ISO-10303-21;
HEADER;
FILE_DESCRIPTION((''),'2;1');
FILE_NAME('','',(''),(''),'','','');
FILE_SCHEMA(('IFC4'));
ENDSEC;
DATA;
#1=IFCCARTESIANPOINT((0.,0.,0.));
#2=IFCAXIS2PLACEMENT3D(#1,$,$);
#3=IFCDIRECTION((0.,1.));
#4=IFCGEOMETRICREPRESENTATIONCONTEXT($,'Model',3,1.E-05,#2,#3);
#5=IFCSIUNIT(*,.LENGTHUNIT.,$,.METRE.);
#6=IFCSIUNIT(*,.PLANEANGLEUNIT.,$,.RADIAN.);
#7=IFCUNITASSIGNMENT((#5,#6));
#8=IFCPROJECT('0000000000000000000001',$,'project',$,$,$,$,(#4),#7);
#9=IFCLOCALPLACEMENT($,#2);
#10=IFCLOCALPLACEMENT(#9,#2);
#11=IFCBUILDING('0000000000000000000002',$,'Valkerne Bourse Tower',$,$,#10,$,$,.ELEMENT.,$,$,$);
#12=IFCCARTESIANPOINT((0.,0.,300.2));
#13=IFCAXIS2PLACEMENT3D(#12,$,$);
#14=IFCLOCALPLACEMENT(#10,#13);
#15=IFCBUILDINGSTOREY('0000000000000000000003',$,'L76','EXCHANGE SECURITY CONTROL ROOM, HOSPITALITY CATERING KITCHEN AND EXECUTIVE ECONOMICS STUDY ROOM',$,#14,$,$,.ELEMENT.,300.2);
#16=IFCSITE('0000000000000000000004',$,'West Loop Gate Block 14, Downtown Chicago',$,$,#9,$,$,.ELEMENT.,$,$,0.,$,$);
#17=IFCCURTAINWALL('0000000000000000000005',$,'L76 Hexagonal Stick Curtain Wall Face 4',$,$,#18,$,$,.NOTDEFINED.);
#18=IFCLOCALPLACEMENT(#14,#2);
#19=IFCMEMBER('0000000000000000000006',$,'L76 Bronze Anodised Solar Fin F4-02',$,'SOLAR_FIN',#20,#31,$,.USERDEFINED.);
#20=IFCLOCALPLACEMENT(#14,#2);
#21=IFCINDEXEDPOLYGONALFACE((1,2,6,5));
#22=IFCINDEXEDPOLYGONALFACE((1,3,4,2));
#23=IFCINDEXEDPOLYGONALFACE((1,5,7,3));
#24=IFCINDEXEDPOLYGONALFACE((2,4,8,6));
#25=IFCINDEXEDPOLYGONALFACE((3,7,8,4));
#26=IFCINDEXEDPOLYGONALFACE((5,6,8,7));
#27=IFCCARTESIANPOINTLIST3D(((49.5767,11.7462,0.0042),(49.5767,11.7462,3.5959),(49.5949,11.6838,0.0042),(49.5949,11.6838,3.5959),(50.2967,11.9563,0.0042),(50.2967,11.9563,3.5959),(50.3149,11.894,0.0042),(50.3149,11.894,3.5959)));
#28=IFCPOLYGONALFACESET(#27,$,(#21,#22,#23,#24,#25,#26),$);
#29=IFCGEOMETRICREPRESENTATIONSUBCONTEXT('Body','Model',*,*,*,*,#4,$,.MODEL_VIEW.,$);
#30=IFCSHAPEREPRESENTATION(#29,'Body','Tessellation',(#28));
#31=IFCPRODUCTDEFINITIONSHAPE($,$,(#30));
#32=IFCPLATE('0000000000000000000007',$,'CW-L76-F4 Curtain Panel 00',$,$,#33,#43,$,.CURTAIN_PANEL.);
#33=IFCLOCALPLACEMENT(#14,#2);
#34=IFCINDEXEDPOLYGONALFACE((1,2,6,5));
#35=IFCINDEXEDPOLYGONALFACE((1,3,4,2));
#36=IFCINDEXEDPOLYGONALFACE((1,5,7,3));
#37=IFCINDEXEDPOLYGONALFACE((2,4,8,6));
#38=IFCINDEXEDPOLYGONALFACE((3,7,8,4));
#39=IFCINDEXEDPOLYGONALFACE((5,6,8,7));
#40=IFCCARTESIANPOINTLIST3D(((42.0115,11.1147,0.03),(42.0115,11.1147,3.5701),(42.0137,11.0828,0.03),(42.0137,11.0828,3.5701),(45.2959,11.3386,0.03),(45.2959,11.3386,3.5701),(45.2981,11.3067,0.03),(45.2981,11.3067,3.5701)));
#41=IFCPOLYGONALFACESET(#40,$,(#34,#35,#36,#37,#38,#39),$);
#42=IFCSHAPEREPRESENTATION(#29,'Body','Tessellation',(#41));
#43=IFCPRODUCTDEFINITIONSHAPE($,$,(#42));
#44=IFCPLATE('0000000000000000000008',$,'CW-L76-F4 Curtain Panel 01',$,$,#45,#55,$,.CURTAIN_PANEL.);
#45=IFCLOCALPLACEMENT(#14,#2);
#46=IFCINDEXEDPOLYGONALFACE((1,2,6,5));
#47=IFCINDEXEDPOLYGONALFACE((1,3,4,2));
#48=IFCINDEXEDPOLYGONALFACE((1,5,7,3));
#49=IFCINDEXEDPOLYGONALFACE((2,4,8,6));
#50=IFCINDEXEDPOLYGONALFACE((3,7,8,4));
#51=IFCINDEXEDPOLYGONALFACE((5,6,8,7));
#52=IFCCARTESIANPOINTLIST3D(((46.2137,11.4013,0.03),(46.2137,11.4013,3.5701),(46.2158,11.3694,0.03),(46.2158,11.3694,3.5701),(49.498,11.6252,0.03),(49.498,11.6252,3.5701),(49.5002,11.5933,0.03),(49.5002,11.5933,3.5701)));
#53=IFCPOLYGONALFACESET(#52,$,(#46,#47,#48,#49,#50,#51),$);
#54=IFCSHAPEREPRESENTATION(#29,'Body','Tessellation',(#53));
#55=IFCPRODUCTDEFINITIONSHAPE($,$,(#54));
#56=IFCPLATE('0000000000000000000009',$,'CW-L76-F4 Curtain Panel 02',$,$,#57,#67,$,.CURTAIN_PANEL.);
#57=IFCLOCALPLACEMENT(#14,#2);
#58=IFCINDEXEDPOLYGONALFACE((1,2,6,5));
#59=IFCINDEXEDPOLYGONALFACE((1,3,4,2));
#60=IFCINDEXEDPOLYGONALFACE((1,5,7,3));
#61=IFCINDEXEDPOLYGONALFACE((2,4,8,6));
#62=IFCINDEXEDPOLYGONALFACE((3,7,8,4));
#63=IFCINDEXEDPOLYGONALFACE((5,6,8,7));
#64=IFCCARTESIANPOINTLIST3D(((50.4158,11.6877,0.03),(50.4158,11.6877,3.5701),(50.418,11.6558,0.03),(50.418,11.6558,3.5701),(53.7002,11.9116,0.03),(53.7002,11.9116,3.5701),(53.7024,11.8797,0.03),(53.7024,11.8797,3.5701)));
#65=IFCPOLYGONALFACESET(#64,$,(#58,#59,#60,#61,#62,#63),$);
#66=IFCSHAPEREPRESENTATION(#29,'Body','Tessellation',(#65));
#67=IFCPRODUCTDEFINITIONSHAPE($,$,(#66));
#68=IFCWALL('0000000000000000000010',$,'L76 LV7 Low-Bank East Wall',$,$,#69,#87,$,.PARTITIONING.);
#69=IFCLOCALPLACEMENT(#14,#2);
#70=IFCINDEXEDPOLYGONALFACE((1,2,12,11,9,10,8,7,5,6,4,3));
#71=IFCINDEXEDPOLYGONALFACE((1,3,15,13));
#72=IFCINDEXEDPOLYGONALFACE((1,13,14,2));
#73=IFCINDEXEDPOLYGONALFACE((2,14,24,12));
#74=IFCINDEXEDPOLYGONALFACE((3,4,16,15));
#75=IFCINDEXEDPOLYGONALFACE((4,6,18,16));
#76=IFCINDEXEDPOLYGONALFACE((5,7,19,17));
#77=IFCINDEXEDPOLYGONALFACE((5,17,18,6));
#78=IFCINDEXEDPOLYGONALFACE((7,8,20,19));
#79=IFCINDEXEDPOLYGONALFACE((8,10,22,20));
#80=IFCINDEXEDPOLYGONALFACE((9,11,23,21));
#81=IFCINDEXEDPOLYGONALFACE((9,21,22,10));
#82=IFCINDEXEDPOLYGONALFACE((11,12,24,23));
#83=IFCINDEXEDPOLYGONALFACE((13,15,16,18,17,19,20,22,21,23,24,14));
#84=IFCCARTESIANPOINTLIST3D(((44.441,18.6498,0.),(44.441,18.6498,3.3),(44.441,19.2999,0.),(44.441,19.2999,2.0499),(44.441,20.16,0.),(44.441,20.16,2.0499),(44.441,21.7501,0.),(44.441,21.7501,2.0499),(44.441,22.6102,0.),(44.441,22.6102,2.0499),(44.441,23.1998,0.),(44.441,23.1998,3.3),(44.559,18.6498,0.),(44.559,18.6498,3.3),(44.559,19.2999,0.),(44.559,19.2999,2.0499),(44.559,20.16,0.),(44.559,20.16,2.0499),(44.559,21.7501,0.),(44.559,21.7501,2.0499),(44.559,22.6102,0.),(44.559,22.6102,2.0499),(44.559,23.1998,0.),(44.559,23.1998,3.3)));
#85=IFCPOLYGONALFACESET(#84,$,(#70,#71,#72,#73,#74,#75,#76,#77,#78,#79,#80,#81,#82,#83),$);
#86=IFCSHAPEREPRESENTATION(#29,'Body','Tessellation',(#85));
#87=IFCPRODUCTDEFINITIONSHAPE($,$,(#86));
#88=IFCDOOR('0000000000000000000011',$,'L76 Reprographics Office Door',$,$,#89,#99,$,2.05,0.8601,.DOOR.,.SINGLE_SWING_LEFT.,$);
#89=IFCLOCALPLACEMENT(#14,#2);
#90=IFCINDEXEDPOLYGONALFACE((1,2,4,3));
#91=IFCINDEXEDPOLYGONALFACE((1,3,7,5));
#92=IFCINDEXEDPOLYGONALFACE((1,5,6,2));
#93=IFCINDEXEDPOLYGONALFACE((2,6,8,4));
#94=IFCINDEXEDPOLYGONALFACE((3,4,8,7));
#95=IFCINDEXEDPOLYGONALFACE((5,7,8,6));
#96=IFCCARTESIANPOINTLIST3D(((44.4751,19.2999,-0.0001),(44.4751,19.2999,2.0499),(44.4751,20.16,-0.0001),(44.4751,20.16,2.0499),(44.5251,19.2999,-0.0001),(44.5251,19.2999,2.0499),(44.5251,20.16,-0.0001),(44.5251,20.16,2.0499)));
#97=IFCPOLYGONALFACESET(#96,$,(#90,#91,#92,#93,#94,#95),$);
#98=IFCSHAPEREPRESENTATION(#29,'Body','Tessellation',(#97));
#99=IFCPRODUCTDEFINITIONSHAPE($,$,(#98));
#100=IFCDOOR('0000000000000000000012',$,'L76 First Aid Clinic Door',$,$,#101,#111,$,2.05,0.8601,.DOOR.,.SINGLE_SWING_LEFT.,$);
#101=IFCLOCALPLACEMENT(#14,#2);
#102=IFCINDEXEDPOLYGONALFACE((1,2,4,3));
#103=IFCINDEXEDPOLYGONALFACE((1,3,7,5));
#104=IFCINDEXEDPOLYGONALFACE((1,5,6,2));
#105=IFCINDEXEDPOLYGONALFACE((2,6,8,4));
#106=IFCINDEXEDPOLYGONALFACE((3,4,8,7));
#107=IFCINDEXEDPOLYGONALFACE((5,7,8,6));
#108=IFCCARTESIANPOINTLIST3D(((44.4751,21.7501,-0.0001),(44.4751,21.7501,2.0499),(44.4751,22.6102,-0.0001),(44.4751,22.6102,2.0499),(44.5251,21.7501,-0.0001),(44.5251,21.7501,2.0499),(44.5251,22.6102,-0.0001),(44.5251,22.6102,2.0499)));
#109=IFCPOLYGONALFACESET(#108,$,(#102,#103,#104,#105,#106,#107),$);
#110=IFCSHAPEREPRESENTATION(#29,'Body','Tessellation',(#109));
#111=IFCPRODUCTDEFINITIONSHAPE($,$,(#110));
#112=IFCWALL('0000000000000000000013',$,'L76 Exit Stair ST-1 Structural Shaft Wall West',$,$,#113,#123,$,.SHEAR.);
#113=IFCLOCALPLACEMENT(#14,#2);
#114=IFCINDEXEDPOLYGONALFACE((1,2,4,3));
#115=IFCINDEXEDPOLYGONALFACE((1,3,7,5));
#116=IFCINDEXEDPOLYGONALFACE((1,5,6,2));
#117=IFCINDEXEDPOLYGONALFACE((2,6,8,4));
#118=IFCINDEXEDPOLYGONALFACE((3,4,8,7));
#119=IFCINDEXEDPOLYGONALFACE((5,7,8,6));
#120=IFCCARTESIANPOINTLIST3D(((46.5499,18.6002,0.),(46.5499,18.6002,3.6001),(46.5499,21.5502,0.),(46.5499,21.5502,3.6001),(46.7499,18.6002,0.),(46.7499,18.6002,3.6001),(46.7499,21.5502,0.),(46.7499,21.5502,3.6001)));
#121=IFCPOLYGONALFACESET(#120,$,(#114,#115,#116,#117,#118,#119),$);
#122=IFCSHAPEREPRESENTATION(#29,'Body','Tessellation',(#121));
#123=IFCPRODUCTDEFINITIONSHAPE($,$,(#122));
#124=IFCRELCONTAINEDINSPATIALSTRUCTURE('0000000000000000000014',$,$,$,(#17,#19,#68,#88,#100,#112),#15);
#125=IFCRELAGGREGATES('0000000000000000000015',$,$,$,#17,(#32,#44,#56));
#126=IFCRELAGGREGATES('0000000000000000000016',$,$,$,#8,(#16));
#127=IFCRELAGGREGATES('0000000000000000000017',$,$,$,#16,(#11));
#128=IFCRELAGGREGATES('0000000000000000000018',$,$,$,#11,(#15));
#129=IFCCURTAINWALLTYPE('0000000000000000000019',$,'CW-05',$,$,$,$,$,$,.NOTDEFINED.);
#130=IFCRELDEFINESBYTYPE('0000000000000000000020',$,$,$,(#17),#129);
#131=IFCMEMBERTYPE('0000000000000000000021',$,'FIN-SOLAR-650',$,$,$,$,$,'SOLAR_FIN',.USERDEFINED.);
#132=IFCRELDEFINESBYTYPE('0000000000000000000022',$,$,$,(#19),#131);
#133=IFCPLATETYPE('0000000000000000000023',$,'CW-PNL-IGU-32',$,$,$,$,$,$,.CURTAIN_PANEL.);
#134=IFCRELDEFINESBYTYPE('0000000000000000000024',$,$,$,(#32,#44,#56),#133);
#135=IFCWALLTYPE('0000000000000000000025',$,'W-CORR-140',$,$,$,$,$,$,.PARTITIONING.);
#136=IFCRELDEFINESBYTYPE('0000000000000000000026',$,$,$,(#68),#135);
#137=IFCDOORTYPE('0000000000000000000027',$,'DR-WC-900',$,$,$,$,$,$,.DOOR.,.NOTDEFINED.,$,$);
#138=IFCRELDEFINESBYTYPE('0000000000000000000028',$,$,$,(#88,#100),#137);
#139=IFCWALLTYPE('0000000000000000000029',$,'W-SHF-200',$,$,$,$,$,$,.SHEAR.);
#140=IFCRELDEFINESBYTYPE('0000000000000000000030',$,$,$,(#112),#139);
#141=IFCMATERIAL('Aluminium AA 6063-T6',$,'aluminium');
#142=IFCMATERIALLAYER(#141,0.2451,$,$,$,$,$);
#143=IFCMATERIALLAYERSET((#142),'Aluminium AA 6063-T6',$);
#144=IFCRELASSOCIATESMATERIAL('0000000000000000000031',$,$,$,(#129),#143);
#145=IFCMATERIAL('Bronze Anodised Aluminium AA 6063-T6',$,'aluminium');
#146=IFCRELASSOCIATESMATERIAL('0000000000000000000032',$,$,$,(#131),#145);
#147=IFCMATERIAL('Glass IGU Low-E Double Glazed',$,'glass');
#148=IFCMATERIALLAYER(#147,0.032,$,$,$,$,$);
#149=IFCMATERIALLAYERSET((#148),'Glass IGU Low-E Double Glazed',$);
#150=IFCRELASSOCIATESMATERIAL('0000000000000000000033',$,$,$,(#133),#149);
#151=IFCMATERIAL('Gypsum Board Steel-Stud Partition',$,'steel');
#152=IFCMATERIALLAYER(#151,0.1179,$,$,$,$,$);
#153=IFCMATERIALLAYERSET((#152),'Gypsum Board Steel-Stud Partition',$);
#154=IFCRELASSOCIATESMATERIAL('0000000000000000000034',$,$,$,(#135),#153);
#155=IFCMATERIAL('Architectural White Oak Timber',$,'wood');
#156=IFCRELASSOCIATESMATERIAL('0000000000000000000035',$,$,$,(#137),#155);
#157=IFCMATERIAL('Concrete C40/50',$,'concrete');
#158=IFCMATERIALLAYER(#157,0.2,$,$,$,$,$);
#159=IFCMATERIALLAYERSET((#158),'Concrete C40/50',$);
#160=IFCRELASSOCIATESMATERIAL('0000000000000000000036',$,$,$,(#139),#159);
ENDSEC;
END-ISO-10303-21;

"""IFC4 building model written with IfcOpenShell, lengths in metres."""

from ifc_helpers import new_model, si_unit, direction, frame, frame_2d, origin, origin_2d, place, context, subcontext, project, spatial, rectangle, extrude, material, layer, layer_set, material_profile, profile_set, type_object, element, fill, aggregate, save


model = new_model("IFC4")

# Units and contexts
model_context = context("Model", 3, precision=1e-05, world=origin(), true_north=direction((0.0, 1.0)))
body_context = subcontext(model_context, "Body", "Model", "MODEL_VIEW")
ifc_project = project(units=[si_unit("LENGTHUNIT", "METRE"), si_unit("PLANEANGLEUNIT", "RADIAN")], contexts=[model_context])

# Site, building, storey
site_placement = place(None, origin())
site = spatial("IfcSite", under=ifc_project, at=site_placement, Name="West Loop Gate Block 14, Downtown Chicago", CompositionType="ELEMENT", RefElevation=0.0)
building_placement = place(site_placement, origin())
building = spatial("IfcBuilding", under=site, at=building_placement, Name="Valkerne Bourse Tower", CompositionType="ELEMENT")
storey_placement = place(building_placement, frame((0.0, 0.0, 300.2)))
storey = spatial("IfcBuildingStorey", under=building, at=storey_placement, Name="L76", Description="EXCHANGE SECURITY CONTROL ROOM, HOSPITALITY CATERING KITCHEN AND EXECUTIVE ECONOMICS STUDY ROOM", CompositionType="ELEMENT", Elevation=300.2)

# Curtain wall
ifc_material_1 = material(Name="Aluminium AA 6063-T6", Category="aluminium")
ifc_layer_1 = layer(ifc_material_1, 0.2451)
ifc_layer_set_1 = layer_set([ifc_layer_1], Name="Aluminium AA 6063-T6")
curtain_wall_type = type_object("IfcCurtainWallType", Name="CW-05", PredefinedType="NOTDEFINED", material=ifc_layer_set_1)
curtain_wall_placement = place(storey_placement, origin())
curtain_wall = element("IfcCurtainWall", 1, at=curtain_wall_placement, inside=storey, type_object=curtain_wall_type, Name="L76 Hexagonal Stick Curtain Wall Face 4", PredefinedType="NOTDEFINED")

# Member
ifc_material_2 = material(Name="Bronze Anodised Aluminium AA 6063-T6", Category="aluminium")
ifc_material_profile_1 = material_profile(ifc_material_2, rectangle(XDim=0.0649, YDim=0.75, at=origin_2d()), Name="FIN-65X750")
ifc_profile_set_1 = profile_set([ifc_material_profile_1], Name="Bronze Anodised Aluminium AA 6063-T6")
member_type_1 = type_object("IfcMemberType", Name="FIN-SOLAR-650", ElementType="SOLAR_FIN", PredefinedType="USERDEFINED", material=ifc_profile_set_1)
member_1_placement = place(storey_placement, frame((49.9458, 11.8201, 0.0042), z_axis=(0.0, 0.0, 1.0), x_axis=(0.280214, -0.959937, 0.0)))
element("IfcMember", 2, at=member_1_placement, inside=storey, type_object=member_type_1, Name="L76 Bronze Anodised Solar Fin F4-02", ObjectType="SOLAR_FIN", PredefinedType="USERDEFINED", context=body_context, shape_type="SweptSolid", body=[
    extrude(rectangle(XDim=0.0649, YDim=0.75, at=origin_2d()), origin(), (0.0, 0.0, 1.0), 3.5918),
])

# Plates
ifc_material_3 = material(Name="Glass IGU Low-E Double Glazed", Category="glass")
ifc_layer_2 = layer(ifc_material_3, 0.032)
ifc_layer_set_2 = layer_set([ifc_layer_2], Name="Glass IGU Low-E Double Glazed")
plate_type = type_object("IfcPlateType", Name="CW-PNL-IGU-32", PredefinedType="CURTAIN_PANEL", material=ifc_layer_set_2)
plate_1_placement = place(storey_placement, frame((43.6548, 11.2107, 0.03), z_axis=(0.0, 0.0, 1.0), x_axis=(0.997684, 0.068021, 0.0)))
plate_1 = element("IfcPlate", 3, at=plate_1_placement, type_object=plate_type, Name="CW-L76-F4 Curtain Panel 00", PredefinedType="CURTAIN_PANEL", context=body_context, shape_type="SweptSolid", body=[
    extrude(rectangle(XDim=3.292, YDim=0.032, at=origin_2d()), origin(), (0.0, 0.0, 1.0), 3.54),
])
plate_2_placement = place(storey_placement, frame((47.8569, 11.4973, 0.03), z_axis=(0.0, 0.0, 1.0), x_axis=(0.997684, 0.068019, 0.0)))
plate_2 = element("IfcPlate", 4, at=plate_2_placement, type_object=plate_type, Name="CW-L76-F4 Curtain Panel 01", PredefinedType="CURTAIN_PANEL", context=body_context, shape_type="SweptSolid", body=[
    extrude(rectangle(XDim=3.292, YDim=0.032, at=origin_2d()), origin(), (0.0, 0.0, 1.0), 3.54),
])
plate_3_placement = place(storey_placement, frame((52.0591, 11.7837, 0.03), z_axis=(0.0, 0.0, 1.0), x_axis=(0.997684, 0.068021, 0.0)))
plate_3 = element("IfcPlate", 5, at=plate_3_placement, type_object=plate_type, Name="CW-L76-F4 Curtain Panel 02", PredefinedType="CURTAIN_PANEL", context=body_context, shape_type="SweptSolid", body=[
    extrude(rectangle(XDim=3.292, YDim=0.032, at=origin_2d()), origin(), (0.0, 0.0, 1.0), 3.54),
])
aggregate(curtain_wall, [plate_1, plate_2, plate_3])

# Wall, openings, doors
ifc_material_4 = material(Name="Gypsum Board Steel-Stud Partition", Category="steel")
ifc_layer_3 = layer(ifc_material_4, 0.1179)
ifc_layer_set_3 = layer_set([ifc_layer_3], Name="Gypsum Board Steel-Stud Partition")
wall_type_1 = type_object("IfcWallType", Name="W-CORR-140", PredefinedType="PARTITIONING", material=ifc_layer_set_3)
wall_1_placement = place(storey_placement, frame((44.5, 18.6499, 0.0), z_axis=(0.0, 0.0, 1.0), x_axis=(0.0, 1.0, 0.0)))
wall_1 = element("IfcWall", 6, at=wall_1_placement, inside=storey, type_object=wall_type_1, Name="L76 LV7 Low-Bank East Wall", PredefinedType="PARTITIONING", context=body_context, shape_type="SweptSolid", body=[
    extrude(rectangle(XDim=4.55, YDim=0.1179, at=frame_2d((2.2749, 0.0))), origin(), (0.0, 0.0, 1.0), 3.3),
])
opening_1_placement = place(wall_1_placement, frame((0.6499, 0.0, 0.0)))
opening_1 = element("IfcOpeningElement", 7, at=opening_1_placement, cuts=wall_1, PredefinedType="OPENING", context=body_context, shape_type="SweptSolid", body=[
    extrude(rectangle(XDim=0.8601, YDim=2.05, at=frame_2d((0.4302, 1.0249))), frame((0.0, 0.0688, 0.0), z_axis=(0.0, -1.0, 0.0), x_axis=(1.0, 0.0, 0.0)), (0.0, 0.0, 1.0), 0.1379),
])
opening_2_placement = place(wall_1_placement, frame((3.1001, 0.0, 0.0)))
opening_2 = element("IfcOpeningElement", 8, at=opening_2_placement, cuts=wall_1, PredefinedType="OPENING", context=body_context, shape_type="SweptSolid", body=[
    extrude(rectangle(XDim=0.8601, YDim=2.05, at=frame_2d((0.4302, 1.0249))), frame((0.0, 0.0688, 0.0), z_axis=(0.0, -1.0, 0.0), x_axis=(1.0, 0.0, 0.0)), (0.0, 0.0, 1.0), 0.1379),
])
ifc_material_5 = material(Name="Architectural White Oak Timber", Category="wood")
door_type = type_object("IfcDoorType", Name="DR-WC-900", OperationType="NOTDEFINED", PredefinedType="DOOR", material=ifc_material_5)
door_1_placement = place(opening_1_placement, origin())
door_1 = element("IfcDoor", 9, at=door_1_placement, inside=storey, type_object=door_type, Name="L76 Reprographics Office Door", OperationType="SINGLE_SWING_LEFT", OverallHeight=2.05, OverallWidth=0.8601, PredefinedType="DOOR", context=body_context, shape_type="SweptSolid", body=[
    extrude(rectangle(XDim=0.8601, YDim=2.05, at=frame_2d((0.4302, 1.0249))), frame((0.0, 0.0249, 0.0), z_axis=(0.0, -1.0, 0.0), x_axis=(1.0, 0.0, 0.0)), (0.0, 0.0, 1.0), 0.05),
])
fill(opening_1, door_1)
door_2_placement = place(opening_2_placement, origin())
door_2 = element("IfcDoor", 10, at=door_2_placement, inside=storey, type_object=door_type, Name="L76 First Aid Clinic Door", OperationType="SINGLE_SWING_LEFT", OverallHeight=2.05, OverallWidth=0.8601, PredefinedType="DOOR", context=body_context, shape_type="SweptSolid", body=[
    extrude(rectangle(XDim=0.8601, YDim=2.05, at=frame_2d((0.4302, 1.0249))), frame((0.0, 0.0249, 0.0), z_axis=(0.0, -1.0, 0.0), x_axis=(1.0, 0.0, 0.0)), (0.0, 0.0, 1.0), 0.05),
])
fill(opening_2, door_2)

# Wall
ifc_material_6 = material(Name="Concrete C40/50", Category="concrete")
ifc_layer_4 = layer(ifc_material_6, 0.2)
ifc_layer_set_4 = layer_set([ifc_layer_4], Name="Concrete C40/50")
wall_type_2 = type_object("IfcWallType", Name="W-SHF-200", PredefinedType="SHEAR", material=ifc_layer_set_4)
wall_2_placement = place(storey_placement, frame((46.6499, 18.6001, 0.0), z_axis=(0.0, 0.0, 1.0), x_axis=(0.0, 1.0, 0.0)))
element("IfcWall", 11, at=wall_2_placement, inside=storey, type_object=wall_type_2, Name="L76 Exit Stair ST-1 Structural Shaft Wall West", PredefinedType="SHEAR", context=body_context, shape_type="SweptSolid", body=[
    extrude(rectangle(XDim=2.95, YDim=0.2, at=frame_2d((1.4751, 0.0))), origin(), (0.0, 0.0, 1.0), 3.6001),
])

save(model, "model.ifc")
